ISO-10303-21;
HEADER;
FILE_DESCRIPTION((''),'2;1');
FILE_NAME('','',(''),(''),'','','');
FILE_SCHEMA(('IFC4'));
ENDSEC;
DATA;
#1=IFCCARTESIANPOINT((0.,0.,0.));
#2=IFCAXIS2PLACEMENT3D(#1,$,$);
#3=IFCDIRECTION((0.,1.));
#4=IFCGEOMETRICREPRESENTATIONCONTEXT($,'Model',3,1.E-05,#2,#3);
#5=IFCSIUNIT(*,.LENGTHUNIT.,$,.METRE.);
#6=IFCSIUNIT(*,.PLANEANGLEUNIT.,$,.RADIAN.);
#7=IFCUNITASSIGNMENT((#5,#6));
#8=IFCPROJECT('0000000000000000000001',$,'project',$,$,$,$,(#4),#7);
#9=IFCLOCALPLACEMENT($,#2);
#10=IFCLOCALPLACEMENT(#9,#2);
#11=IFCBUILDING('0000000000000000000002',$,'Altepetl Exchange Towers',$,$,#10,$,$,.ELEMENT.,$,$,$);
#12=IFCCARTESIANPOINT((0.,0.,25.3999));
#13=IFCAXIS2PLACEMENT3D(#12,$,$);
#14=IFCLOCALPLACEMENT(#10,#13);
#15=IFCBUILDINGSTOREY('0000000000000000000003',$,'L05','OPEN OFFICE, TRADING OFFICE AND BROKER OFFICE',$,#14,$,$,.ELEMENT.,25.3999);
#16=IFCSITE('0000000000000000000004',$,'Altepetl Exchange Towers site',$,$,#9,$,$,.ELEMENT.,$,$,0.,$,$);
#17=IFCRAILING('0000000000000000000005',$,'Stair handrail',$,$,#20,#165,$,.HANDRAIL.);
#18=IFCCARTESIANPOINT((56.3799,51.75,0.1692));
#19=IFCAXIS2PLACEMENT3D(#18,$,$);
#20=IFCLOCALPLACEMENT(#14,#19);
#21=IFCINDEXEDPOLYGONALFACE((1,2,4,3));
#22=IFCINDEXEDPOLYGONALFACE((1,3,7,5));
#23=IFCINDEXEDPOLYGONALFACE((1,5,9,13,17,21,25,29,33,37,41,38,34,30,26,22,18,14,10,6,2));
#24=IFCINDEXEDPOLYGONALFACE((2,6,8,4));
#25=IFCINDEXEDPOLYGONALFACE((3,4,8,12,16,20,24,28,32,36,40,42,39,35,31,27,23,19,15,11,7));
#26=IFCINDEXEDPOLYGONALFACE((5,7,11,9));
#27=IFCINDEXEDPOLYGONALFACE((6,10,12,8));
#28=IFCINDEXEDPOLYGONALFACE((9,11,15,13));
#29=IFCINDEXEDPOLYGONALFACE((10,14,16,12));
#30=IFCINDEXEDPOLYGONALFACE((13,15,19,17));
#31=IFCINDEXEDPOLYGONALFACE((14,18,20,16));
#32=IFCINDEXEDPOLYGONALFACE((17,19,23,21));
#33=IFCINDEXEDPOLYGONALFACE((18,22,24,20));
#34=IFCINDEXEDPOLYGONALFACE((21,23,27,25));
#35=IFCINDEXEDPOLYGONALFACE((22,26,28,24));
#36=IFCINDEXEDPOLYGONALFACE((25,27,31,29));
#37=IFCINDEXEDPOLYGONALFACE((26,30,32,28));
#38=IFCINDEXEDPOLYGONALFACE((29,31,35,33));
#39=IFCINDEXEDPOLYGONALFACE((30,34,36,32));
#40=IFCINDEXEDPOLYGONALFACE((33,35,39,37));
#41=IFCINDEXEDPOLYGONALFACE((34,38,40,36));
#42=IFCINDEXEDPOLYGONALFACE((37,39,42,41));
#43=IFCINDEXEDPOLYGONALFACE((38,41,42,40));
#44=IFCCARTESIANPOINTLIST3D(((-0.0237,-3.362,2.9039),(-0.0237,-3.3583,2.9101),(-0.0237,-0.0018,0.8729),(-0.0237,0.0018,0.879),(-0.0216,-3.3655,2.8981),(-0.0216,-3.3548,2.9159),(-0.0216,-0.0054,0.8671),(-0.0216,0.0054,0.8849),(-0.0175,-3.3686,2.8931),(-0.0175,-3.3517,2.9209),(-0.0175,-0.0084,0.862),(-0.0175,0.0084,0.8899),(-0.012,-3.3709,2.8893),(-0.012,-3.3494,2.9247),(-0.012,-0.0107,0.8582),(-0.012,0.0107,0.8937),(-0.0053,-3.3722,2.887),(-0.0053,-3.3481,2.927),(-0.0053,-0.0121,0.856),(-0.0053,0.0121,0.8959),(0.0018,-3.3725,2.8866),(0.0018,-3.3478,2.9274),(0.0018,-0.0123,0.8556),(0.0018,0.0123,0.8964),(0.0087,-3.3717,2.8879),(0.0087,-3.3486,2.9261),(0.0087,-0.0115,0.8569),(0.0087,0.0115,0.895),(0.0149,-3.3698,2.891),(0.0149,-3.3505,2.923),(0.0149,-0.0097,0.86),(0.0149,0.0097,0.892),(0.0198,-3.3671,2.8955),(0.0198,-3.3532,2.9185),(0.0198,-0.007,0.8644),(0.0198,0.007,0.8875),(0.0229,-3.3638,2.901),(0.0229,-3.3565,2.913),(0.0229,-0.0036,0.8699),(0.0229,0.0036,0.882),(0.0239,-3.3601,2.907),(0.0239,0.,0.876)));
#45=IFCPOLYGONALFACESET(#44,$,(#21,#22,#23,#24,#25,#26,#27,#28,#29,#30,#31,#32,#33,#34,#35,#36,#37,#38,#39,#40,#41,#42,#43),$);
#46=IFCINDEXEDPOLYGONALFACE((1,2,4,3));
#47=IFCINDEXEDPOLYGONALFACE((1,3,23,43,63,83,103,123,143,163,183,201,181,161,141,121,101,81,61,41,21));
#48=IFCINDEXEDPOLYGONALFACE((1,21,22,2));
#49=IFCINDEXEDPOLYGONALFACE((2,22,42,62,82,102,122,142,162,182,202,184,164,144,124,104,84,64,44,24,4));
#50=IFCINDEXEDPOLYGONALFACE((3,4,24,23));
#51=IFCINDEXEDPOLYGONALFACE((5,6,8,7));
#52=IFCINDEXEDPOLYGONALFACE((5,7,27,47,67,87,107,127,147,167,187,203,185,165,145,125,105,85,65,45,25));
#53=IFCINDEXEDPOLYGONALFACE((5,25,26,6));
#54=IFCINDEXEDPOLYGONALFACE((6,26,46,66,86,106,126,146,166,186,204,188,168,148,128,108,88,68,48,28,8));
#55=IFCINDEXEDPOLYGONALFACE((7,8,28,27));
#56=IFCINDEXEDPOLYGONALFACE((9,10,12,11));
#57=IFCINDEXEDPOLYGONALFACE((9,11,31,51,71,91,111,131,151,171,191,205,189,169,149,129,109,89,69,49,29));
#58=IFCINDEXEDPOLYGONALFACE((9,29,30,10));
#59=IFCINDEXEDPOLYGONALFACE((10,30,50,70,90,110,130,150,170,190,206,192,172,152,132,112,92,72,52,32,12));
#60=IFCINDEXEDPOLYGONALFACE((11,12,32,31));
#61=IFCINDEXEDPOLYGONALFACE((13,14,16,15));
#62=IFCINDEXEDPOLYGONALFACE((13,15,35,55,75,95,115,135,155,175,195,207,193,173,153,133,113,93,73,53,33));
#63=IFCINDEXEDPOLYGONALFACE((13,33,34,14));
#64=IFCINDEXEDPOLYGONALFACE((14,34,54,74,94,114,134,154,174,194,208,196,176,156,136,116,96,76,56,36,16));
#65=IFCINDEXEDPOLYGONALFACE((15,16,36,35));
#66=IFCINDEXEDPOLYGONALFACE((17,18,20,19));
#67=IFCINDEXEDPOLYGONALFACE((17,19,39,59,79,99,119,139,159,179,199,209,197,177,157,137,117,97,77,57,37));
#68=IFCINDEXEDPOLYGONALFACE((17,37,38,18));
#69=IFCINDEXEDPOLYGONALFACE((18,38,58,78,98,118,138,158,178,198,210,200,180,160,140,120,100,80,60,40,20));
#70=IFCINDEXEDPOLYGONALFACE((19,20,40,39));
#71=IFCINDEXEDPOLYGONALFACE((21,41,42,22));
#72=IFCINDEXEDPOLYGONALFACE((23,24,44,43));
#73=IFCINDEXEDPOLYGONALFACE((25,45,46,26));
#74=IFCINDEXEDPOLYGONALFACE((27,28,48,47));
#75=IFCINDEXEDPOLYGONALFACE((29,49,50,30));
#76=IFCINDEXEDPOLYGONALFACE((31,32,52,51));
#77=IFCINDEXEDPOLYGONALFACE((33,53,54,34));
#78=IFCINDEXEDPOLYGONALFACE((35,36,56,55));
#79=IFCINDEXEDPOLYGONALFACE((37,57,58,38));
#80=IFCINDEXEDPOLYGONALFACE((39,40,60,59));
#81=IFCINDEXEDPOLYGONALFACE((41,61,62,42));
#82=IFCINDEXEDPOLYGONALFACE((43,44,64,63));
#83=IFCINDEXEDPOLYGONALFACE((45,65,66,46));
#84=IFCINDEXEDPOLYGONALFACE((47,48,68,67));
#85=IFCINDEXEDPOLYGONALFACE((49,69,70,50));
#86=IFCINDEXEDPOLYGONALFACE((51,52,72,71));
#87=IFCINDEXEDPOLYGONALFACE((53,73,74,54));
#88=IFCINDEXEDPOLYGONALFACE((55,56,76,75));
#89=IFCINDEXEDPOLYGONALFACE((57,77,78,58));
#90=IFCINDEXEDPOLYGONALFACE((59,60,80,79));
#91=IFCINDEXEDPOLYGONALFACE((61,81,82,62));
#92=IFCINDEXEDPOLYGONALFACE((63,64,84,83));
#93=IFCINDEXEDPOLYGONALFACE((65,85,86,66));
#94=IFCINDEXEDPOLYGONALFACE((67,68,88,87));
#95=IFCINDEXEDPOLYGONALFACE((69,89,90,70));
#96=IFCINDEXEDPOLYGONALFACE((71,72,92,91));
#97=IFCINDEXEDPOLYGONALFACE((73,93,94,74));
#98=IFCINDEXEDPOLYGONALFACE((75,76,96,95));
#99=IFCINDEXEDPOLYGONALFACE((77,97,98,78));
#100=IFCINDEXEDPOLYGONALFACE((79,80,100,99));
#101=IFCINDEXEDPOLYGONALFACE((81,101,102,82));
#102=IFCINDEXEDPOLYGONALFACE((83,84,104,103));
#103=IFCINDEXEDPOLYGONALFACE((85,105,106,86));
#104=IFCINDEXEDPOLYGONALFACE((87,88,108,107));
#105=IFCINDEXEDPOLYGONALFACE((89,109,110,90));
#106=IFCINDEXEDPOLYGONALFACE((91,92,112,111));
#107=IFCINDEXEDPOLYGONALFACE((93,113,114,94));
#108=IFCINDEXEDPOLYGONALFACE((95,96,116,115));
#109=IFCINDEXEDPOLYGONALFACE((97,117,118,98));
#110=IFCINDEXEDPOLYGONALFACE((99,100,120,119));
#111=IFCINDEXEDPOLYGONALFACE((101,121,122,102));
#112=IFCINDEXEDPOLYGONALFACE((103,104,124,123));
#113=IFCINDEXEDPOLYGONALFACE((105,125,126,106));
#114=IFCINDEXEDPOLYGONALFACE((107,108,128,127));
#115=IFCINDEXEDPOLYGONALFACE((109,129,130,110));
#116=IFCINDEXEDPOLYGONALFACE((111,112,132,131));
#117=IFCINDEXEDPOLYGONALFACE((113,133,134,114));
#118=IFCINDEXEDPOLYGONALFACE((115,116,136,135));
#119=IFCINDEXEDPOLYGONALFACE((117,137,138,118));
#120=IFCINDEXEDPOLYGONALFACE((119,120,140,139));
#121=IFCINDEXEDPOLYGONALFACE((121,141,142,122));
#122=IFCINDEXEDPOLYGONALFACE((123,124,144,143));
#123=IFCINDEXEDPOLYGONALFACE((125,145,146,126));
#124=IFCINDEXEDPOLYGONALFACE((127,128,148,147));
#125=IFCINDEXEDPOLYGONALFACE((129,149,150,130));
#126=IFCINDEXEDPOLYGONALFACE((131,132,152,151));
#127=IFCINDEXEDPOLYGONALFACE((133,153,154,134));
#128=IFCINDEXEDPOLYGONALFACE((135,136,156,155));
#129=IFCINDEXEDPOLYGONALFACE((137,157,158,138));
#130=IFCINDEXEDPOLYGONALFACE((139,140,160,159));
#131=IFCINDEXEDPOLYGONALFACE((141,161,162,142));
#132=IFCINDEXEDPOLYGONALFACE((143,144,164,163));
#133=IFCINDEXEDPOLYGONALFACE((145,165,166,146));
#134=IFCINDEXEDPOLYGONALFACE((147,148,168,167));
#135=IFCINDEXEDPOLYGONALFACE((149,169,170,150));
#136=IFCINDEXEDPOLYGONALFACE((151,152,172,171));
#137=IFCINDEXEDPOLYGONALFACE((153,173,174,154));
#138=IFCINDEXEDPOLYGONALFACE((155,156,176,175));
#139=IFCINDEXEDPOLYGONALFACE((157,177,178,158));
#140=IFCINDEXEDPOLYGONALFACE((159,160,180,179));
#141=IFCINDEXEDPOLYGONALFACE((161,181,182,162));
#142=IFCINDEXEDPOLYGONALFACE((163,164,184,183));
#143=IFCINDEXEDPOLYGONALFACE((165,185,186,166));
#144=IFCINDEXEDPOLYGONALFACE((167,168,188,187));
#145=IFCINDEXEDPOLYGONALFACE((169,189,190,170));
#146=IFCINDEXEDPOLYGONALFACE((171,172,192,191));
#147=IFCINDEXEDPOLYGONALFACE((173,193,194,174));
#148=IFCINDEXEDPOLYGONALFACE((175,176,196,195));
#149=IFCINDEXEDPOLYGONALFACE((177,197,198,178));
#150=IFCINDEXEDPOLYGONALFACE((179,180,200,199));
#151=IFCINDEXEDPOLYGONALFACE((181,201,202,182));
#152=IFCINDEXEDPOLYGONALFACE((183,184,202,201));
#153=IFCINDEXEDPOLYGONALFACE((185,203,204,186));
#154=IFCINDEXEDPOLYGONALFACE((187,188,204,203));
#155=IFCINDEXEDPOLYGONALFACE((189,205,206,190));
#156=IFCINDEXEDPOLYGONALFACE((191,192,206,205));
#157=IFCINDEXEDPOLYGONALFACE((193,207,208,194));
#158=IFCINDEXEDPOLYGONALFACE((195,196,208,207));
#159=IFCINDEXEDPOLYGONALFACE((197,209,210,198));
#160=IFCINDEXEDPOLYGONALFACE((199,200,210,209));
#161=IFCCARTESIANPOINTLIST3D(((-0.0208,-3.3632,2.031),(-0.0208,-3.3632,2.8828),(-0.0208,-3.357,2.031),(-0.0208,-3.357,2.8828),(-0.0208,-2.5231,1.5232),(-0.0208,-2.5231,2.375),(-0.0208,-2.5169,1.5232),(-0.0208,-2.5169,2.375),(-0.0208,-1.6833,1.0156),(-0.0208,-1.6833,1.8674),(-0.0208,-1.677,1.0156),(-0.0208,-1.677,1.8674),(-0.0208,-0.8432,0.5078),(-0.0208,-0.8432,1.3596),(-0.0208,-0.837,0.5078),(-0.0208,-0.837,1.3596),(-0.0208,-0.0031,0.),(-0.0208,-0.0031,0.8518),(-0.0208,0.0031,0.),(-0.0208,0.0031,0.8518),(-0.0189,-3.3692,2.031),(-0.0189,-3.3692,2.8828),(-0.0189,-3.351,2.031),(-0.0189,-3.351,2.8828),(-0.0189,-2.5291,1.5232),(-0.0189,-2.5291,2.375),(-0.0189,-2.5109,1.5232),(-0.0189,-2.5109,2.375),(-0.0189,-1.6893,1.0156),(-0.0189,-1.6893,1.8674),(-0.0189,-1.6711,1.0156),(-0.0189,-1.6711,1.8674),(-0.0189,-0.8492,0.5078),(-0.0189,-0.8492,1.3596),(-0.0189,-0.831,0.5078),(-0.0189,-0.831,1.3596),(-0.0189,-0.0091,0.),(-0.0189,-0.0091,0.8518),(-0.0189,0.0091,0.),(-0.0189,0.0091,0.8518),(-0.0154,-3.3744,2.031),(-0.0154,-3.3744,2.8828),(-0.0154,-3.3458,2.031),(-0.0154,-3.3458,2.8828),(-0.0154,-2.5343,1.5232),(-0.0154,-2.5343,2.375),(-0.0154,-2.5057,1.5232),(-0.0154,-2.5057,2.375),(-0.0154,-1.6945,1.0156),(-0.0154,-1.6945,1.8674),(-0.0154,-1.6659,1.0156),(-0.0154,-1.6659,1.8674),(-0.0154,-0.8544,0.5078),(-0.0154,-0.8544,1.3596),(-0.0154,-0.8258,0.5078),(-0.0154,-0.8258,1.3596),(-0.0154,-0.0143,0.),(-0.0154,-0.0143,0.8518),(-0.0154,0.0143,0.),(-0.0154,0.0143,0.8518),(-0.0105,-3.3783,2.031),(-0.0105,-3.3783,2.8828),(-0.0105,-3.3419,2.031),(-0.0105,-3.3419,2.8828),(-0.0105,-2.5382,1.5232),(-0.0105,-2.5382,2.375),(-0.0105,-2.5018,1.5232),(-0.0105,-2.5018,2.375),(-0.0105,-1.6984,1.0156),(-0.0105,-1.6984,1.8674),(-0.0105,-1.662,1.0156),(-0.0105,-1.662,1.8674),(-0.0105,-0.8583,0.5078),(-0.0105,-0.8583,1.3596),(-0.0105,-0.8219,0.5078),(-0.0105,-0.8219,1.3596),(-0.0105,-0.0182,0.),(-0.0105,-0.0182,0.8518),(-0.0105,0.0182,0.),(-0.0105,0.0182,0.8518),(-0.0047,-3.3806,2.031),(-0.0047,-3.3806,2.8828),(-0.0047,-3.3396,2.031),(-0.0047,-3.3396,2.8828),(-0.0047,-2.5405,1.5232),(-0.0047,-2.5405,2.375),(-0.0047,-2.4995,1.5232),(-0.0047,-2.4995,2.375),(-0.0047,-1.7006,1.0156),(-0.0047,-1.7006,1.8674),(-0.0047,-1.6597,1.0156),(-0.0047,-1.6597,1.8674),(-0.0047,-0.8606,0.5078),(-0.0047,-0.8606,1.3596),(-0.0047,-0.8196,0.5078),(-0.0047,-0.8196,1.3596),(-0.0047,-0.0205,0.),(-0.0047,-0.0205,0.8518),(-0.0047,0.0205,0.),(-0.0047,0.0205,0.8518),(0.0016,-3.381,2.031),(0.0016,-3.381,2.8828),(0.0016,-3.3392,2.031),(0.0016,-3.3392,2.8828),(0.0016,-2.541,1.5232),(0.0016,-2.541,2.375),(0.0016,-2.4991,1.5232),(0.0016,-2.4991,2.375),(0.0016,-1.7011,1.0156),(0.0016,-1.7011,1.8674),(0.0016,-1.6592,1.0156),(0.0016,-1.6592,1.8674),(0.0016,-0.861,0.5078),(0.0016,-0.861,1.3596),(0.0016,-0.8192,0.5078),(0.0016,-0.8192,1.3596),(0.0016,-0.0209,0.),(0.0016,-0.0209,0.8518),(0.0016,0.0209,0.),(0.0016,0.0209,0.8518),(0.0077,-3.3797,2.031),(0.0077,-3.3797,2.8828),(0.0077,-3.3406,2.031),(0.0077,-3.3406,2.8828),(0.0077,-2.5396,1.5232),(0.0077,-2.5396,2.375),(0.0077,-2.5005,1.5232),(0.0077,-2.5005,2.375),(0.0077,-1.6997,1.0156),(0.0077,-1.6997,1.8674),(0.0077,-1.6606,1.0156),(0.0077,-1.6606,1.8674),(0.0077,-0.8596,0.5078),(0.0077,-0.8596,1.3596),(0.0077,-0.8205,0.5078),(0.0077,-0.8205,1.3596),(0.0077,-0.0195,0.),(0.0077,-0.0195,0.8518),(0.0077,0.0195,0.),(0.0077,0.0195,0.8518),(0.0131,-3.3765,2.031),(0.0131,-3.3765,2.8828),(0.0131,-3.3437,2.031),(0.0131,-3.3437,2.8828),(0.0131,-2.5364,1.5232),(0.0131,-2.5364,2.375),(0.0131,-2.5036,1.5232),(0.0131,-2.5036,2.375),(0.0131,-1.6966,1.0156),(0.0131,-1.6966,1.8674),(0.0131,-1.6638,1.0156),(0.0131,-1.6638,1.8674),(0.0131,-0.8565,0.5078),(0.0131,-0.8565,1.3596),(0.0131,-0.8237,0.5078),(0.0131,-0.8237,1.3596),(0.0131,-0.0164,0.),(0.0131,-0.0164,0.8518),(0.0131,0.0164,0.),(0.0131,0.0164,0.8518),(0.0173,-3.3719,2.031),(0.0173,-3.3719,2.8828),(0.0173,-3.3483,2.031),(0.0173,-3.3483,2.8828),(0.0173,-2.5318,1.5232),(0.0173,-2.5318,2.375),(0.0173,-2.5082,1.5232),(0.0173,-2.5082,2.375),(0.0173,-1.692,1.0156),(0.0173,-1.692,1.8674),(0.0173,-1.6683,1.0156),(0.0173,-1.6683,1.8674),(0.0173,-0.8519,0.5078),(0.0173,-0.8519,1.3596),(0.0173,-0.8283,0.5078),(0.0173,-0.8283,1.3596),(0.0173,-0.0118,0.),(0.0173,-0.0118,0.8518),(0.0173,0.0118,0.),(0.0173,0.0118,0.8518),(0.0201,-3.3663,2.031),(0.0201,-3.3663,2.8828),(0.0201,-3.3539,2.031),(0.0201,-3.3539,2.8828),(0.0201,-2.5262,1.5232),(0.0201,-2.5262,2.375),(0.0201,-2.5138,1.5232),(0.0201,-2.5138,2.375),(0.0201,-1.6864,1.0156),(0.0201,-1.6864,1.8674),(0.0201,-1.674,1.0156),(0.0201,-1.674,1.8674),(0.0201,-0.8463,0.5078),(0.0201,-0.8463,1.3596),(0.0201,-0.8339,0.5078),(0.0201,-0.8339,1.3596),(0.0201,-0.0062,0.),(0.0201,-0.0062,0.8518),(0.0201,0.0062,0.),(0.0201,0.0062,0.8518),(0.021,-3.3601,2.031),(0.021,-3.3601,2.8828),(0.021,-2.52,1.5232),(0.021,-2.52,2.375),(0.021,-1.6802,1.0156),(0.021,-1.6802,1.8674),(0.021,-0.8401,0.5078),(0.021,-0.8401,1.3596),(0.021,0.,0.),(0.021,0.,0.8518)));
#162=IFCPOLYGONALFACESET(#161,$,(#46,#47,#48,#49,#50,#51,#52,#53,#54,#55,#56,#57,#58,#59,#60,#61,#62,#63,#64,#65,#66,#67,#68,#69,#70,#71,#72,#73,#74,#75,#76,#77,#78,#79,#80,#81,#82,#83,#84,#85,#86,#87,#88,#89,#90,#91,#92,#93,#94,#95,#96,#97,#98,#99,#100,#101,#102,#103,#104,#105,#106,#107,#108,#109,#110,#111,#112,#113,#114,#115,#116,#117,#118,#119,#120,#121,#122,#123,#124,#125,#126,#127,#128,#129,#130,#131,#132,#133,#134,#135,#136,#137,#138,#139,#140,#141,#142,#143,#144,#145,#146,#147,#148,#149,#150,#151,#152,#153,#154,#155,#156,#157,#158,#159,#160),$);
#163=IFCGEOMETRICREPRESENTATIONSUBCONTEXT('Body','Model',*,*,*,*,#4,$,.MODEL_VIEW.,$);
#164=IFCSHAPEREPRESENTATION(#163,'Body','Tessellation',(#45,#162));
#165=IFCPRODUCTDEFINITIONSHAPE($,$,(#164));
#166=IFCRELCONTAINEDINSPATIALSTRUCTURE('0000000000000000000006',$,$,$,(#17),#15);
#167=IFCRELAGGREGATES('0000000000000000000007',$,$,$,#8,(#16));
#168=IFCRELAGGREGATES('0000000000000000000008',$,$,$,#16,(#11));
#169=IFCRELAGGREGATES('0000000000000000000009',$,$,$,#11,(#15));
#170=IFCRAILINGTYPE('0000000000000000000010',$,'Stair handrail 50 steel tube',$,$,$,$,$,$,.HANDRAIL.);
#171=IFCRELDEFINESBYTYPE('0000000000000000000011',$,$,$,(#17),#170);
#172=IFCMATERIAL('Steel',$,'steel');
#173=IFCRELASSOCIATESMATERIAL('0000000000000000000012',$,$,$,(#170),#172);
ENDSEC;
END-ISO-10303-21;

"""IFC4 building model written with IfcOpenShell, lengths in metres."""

from ifc_helpers import new_model, si_unit, direction, frame, origin, origin_2d, place, context, subcontext, project, spatial, circle, extrude, source, transform, mapped, material, type_object, element, save


model = new_model("IFC4")

# Units and contexts
model_context = context("Model", 3, precision=1e-05, world=origin(), true_north=direction((0.0, 1.0)))
body_context = subcontext(model_context, "Body", "Model", "MODEL_VIEW")
ifc_project = project(units=[si_unit("LENGTHUNIT", "METRE"), si_unit("PLANEANGLEUNIT", "RADIAN")], contexts=[model_context])

# Site, building, storey
site_placement = place(None, origin())
site = spatial("IfcSite", under=ifc_project, at=site_placement, Name="Altepetl Exchange Towers site", CompositionType="ELEMENT", RefElevation=0.0)
building_placement = place(site_placement, origin())
building = spatial("IfcBuilding", under=site, at=building_placement, Name="Altepetl Exchange Towers", CompositionType="ELEMENT")
storey_placement = place(building_placement, frame((0.0, 0.0, 25.3999)))
storey = spatial("IfcBuildingStorey", under=building, at=storey_placement, Name="L05", Description="OPEN OFFICE, TRADING OFFICE AND BROKER OFFICE", CompositionType="ELEMENT", Elevation=25.3999)

# Railing
ifc_material_1 = material(Name="Steel", Category="steel")
railing_type = type_object("IfcRailingType", Name="Stair handrail 50 steel tube", PredefinedType="HANDRAIL", material=ifc_material_1)
shared_shape = source(origin(), body_context, "Body", "SweptSolid", [
    extrude(circle(Radius=0.021, at=origin_2d()), origin(), (0.0, 0.0, 1.0), 0.8518),
])
railing_1_placement = place(storey_placement, frame((56.3799, 51.75, 0.1692)))
element("IfcRailing", 1, at=railing_1_placement, inside=storey, type_object=railing_type, Name="Stair handrail", PredefinedType="HANDRAIL", context=body_context, shape_type="SweptSolid", body=[
    extrude(circle(Radius=0.0239, at=origin_2d()), frame((0.0, 0.0, 0.876), z_axis=(0.0, -0.855809, 0.517291), x_axis=(1.0, 0.0, 0.0)), (0.0, 0.0, 1.0), 3.9263),
    mapped(shared_shape, transform((0.0, 0.0, 0.0))),
    mapped(shared_shape, transform((0.0, -0.8401, 0.5078))),
    mapped(shared_shape, transform((0.0, -1.6802, 1.0156))),
    mapped(shared_shape, transform((0.0, -2.52, 1.5232))),
    mapped(shared_shape, transform((0.0, -3.3601, 2.031))),
])

save(model, "model.ifc")
